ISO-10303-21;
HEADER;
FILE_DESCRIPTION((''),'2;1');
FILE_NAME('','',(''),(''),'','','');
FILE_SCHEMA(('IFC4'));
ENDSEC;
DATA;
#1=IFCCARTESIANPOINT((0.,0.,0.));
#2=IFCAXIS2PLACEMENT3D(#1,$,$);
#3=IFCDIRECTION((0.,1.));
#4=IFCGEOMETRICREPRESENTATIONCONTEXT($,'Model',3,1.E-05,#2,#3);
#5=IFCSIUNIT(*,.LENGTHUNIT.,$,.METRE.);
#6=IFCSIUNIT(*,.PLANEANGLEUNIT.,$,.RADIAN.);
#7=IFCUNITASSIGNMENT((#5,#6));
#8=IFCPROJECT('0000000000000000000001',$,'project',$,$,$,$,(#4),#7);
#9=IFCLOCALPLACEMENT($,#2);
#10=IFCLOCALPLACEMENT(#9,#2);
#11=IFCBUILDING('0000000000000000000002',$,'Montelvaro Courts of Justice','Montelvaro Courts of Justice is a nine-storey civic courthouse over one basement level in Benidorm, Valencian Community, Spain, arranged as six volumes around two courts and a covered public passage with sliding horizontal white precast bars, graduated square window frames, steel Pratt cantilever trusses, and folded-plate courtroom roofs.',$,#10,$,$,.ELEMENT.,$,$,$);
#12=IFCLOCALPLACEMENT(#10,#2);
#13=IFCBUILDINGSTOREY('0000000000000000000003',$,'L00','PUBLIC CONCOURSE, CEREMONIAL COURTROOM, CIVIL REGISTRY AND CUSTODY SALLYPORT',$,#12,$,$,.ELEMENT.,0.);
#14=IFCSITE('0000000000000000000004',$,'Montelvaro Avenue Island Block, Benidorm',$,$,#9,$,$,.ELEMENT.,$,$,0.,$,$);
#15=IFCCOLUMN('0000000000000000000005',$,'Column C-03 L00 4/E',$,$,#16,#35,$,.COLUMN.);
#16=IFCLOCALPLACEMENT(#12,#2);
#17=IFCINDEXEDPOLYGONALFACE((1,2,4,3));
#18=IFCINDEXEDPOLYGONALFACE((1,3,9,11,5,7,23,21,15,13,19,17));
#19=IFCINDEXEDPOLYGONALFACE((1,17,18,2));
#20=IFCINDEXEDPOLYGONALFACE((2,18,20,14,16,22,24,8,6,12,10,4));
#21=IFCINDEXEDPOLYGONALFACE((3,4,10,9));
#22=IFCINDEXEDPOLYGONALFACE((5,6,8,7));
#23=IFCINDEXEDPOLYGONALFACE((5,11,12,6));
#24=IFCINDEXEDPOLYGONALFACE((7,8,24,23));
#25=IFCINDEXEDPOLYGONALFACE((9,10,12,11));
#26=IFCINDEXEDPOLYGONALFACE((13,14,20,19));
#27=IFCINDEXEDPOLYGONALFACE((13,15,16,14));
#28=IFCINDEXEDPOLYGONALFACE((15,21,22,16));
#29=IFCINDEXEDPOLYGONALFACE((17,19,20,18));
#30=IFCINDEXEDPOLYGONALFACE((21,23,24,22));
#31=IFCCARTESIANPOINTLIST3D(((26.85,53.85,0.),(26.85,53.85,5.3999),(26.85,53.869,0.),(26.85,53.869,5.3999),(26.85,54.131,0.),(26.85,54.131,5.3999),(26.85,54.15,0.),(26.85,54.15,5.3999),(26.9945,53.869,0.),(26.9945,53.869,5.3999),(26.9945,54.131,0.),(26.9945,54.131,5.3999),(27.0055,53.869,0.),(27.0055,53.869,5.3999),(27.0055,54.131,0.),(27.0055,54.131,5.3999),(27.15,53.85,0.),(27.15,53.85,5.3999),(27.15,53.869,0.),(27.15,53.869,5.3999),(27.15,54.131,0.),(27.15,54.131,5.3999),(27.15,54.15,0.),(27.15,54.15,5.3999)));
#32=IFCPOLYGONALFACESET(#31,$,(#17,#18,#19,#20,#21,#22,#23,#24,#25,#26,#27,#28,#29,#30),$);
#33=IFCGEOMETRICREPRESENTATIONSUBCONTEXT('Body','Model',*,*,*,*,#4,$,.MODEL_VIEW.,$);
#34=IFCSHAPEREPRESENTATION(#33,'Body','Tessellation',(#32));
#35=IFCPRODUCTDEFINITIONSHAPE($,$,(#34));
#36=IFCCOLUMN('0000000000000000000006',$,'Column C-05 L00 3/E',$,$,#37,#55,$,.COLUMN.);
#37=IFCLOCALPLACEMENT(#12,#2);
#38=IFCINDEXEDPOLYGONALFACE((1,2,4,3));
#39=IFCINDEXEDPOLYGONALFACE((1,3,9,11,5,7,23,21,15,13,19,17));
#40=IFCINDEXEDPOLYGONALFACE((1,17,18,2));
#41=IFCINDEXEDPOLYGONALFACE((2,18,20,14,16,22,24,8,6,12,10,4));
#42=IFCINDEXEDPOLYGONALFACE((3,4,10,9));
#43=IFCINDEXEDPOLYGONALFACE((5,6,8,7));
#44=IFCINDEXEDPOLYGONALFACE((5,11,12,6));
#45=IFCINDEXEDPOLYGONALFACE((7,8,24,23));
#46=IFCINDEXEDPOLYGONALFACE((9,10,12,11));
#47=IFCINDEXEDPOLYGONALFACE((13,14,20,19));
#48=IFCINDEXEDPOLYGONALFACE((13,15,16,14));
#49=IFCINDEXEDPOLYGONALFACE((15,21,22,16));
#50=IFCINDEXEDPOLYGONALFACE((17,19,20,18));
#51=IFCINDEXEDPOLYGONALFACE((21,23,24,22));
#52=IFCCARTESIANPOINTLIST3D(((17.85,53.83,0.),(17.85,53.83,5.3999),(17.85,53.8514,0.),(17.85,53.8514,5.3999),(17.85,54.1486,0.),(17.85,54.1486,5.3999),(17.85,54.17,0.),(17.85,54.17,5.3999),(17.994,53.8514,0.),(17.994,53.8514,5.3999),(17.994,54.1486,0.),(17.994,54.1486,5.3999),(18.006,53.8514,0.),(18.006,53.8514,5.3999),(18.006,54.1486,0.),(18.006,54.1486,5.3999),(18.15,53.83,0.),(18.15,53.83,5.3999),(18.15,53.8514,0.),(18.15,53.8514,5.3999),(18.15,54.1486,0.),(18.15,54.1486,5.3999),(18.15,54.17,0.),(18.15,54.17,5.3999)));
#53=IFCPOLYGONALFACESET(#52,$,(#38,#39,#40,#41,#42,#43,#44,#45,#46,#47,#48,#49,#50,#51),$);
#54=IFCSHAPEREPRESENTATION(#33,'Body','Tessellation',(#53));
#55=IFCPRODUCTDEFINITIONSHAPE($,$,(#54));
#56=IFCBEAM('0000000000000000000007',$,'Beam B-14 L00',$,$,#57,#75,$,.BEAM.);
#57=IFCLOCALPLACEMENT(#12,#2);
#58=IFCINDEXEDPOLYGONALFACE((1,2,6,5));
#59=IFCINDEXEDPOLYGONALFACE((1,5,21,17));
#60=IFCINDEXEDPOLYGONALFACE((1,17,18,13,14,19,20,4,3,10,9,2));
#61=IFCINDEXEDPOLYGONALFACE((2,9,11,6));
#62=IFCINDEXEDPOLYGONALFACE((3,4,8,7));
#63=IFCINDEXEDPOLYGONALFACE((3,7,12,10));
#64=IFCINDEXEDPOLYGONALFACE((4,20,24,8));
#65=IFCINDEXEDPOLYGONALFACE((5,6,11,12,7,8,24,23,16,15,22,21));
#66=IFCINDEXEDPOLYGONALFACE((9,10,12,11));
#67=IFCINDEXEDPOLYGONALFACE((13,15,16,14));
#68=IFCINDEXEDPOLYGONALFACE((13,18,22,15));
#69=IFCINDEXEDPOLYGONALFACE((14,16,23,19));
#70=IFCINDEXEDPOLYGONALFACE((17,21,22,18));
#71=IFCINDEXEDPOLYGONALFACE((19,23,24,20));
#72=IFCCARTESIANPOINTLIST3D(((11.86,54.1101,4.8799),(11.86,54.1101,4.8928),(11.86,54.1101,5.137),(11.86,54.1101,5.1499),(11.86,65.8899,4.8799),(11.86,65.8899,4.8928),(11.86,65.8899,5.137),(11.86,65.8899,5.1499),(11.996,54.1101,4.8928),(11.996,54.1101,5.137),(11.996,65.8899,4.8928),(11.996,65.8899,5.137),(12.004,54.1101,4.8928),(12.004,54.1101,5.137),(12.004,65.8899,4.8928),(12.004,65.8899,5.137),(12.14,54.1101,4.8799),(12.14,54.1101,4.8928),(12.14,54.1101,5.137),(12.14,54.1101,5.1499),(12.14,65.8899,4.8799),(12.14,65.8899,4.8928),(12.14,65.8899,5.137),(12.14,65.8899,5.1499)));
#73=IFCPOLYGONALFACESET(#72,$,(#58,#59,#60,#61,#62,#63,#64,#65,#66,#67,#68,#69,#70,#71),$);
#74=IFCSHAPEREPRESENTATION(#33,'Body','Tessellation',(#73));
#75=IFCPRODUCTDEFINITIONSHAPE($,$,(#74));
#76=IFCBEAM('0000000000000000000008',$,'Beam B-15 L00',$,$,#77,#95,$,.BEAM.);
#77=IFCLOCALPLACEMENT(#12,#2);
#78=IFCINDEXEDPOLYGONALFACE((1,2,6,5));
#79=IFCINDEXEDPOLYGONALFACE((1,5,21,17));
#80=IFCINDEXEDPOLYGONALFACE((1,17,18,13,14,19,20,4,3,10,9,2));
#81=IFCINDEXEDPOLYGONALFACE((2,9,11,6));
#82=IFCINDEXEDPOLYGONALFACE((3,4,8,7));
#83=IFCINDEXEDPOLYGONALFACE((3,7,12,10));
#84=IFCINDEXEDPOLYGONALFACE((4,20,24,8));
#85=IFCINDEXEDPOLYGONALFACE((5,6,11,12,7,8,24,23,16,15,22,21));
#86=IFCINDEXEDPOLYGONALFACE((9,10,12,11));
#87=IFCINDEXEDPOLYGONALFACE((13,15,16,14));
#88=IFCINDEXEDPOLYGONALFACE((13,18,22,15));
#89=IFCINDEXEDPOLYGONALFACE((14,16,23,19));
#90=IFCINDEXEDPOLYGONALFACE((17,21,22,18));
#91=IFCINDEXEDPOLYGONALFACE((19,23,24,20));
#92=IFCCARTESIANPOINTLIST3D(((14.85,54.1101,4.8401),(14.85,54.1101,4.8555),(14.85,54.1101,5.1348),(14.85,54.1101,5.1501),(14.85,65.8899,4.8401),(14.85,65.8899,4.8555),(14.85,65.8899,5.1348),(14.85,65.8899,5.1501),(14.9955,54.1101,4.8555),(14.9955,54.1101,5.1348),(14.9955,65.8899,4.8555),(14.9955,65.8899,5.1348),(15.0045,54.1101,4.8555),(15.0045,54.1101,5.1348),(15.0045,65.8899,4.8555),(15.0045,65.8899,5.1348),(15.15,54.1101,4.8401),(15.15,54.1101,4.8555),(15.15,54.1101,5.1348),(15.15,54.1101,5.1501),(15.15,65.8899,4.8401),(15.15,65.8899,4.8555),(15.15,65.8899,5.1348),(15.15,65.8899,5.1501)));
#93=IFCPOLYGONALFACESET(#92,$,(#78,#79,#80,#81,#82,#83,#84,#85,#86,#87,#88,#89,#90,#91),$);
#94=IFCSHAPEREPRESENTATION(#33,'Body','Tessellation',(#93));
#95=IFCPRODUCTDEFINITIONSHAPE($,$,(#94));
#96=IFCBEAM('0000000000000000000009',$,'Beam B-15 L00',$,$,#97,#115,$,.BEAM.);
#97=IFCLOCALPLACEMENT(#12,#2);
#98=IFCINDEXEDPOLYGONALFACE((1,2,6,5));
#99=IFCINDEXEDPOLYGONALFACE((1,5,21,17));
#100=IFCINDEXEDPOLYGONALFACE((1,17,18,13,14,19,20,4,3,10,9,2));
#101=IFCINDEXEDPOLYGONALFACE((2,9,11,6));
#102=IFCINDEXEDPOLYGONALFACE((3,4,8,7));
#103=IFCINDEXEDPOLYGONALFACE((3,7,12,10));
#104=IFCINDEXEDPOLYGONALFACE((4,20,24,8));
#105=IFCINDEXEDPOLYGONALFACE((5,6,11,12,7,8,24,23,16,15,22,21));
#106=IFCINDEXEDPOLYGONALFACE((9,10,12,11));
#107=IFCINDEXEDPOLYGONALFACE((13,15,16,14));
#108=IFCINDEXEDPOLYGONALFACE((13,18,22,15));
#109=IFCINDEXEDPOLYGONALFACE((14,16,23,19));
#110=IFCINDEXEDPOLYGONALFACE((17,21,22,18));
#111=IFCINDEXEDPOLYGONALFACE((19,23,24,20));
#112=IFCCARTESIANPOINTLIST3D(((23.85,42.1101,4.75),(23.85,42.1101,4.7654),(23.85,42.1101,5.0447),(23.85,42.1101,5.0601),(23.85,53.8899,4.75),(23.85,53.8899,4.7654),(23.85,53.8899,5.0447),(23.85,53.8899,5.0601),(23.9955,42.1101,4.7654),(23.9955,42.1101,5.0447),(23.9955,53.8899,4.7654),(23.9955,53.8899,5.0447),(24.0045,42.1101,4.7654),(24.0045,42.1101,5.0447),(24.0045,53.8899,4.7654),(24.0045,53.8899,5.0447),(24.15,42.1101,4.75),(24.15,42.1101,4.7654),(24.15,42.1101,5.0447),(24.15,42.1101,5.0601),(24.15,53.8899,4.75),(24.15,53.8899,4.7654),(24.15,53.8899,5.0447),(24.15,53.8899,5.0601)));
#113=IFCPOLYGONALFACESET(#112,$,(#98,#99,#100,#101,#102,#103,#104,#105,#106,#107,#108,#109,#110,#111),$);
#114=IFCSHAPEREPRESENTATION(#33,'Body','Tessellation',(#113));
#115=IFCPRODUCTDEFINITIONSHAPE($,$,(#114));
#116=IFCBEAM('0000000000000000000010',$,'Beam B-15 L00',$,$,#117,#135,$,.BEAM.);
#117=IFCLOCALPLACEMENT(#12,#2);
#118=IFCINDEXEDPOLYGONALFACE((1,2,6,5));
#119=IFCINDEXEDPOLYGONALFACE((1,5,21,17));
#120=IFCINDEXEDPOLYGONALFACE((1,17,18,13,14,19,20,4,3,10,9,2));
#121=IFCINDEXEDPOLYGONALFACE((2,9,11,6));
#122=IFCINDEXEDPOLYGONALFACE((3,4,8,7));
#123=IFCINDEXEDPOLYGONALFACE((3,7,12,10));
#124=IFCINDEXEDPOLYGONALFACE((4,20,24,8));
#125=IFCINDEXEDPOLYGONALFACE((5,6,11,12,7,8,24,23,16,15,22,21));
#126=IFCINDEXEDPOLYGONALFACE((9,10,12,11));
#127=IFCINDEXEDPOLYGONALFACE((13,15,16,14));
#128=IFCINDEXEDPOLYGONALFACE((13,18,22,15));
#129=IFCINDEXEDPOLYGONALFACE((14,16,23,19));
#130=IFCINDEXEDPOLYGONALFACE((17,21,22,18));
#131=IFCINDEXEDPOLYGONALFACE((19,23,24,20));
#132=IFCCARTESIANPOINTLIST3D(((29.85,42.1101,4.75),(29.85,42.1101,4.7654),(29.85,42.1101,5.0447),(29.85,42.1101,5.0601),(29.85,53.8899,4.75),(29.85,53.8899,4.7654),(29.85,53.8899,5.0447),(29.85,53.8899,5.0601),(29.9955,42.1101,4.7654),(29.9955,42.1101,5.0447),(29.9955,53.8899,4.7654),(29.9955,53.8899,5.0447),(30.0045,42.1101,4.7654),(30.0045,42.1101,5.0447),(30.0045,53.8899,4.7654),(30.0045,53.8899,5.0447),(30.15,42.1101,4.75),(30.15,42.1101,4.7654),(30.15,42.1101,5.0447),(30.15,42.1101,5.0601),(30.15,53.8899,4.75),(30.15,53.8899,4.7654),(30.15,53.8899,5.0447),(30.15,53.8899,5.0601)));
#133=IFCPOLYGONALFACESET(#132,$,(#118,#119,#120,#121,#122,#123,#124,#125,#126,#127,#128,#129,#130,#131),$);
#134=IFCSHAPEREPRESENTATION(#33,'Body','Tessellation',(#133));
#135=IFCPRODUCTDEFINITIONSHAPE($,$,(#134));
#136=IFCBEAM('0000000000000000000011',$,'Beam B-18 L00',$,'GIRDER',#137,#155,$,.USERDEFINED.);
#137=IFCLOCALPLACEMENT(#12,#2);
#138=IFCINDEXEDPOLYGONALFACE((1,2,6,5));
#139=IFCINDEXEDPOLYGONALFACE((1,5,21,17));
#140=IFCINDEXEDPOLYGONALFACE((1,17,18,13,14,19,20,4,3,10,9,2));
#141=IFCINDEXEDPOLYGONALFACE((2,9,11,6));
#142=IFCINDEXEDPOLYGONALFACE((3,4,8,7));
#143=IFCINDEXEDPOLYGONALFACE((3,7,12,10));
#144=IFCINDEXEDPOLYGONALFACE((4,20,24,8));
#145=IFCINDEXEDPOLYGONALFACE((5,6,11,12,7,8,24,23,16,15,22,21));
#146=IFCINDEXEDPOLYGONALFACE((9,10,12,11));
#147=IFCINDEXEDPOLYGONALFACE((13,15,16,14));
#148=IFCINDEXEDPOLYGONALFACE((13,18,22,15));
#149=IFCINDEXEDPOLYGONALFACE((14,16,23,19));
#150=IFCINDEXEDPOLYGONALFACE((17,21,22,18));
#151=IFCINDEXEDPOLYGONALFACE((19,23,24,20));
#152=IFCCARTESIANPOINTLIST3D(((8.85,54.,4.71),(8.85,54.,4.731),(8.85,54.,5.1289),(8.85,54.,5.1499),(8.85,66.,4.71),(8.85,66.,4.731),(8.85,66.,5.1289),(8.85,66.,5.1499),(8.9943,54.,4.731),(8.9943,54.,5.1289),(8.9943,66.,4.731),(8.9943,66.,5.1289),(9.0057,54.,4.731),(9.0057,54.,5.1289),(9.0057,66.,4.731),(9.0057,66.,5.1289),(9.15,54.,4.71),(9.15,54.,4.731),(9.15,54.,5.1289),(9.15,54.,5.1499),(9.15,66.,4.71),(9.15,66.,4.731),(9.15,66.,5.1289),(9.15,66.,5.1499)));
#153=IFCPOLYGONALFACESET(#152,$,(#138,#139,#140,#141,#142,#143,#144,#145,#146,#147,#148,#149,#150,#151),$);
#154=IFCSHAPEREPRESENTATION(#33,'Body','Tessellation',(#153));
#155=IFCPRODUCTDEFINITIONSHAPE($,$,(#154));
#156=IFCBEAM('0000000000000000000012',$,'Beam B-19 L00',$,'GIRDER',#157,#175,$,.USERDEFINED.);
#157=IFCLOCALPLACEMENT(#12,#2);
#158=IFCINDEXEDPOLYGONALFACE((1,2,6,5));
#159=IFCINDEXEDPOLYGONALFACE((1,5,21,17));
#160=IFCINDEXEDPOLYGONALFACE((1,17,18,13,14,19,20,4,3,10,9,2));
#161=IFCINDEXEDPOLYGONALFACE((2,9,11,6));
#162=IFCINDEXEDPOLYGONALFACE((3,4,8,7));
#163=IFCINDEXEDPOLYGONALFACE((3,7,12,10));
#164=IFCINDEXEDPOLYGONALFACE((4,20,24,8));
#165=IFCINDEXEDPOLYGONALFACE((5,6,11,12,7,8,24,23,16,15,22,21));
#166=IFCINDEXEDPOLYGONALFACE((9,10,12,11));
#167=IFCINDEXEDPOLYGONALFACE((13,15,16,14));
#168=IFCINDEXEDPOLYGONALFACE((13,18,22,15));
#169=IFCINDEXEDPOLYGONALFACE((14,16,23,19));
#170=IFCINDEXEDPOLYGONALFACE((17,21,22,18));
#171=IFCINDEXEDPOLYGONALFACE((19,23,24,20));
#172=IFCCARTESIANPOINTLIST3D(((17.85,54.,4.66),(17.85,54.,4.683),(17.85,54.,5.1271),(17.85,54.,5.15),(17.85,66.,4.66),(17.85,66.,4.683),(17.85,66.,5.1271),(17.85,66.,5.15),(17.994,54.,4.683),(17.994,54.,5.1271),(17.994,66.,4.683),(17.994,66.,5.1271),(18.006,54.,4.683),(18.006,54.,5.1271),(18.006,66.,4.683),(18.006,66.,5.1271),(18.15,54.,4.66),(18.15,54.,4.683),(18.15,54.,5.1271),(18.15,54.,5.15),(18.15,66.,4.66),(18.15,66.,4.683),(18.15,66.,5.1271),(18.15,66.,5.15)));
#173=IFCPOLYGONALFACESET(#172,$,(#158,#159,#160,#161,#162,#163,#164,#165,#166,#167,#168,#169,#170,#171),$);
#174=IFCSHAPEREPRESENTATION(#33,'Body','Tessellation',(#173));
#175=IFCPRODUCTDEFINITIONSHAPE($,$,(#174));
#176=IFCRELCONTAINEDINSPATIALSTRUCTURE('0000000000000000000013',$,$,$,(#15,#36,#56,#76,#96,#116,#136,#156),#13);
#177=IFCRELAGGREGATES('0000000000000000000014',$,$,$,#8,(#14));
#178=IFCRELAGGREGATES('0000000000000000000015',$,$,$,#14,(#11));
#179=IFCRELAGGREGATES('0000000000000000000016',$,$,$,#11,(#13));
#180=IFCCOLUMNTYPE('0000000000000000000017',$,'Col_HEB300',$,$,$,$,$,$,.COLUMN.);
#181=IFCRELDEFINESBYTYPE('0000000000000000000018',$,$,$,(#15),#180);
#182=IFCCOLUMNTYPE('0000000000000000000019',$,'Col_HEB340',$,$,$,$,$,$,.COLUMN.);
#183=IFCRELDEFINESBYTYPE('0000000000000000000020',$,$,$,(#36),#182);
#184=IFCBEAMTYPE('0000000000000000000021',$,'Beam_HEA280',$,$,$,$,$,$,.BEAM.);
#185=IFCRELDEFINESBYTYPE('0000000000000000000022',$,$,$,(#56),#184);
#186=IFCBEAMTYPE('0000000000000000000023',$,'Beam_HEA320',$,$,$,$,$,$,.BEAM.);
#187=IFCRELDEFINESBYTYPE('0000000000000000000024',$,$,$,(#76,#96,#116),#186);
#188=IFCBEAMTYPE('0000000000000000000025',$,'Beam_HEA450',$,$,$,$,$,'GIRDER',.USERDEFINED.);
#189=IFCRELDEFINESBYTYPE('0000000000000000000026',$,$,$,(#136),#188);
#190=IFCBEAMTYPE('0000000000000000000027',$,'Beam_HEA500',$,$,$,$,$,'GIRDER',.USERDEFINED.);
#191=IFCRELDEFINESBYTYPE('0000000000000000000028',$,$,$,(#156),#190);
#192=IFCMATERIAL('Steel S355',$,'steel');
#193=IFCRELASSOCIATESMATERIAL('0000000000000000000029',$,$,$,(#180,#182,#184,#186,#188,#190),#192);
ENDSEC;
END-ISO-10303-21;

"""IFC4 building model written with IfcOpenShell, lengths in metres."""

from ifc_helpers import new_model, si_unit, direction, frame, origin, origin_2d, place, context, subcontext, project, spatial, i_section, extrude, material, material_profile, profile_set, type_object, element, save


model = new_model("IFC4")

# Units and contexts
model_context = context("Model", 3, precision=1e-05, world=origin(), true_north=direction((0.0, 1.0)))
body_context = subcontext(model_context, "Body", "Model", "MODEL_VIEW")
ifc_project = project(units=[si_unit("LENGTHUNIT", "METRE"), si_unit("PLANEANGLEUNIT", "RADIAN")], contexts=[model_context])

# Site, building, storey
site_placement = place(None, origin())
site = spatial("IfcSite", under=ifc_project, at=site_placement, Name="Montelvaro Avenue Island Block, Benidorm", CompositionType="ELEMENT", RefElevation=0.0)
building_placement = place(site_placement, origin())
building = spatial("IfcBuilding", under=site, at=building_placement, Name="Montelvaro Courts of Justice", Description="Montelvaro Courts of Justice is a nine-storey civic courthouse over one basement level in Benidorm, Valencian Community, Spain, arranged as six volumes around two courts and a covered public passage with sliding horizontal white precast bars, graduated square window frames, steel Pratt cantilever trusses, and folded-plate courtroom roofs.", CompositionType="ELEMENT")
storey_placement = place(building_placement, origin())
storey = spatial("IfcBuildingStorey", under=building, at=storey_placement, Name="L00", Description="PUBLIC CONCOURSE, CEREMONIAL COURTROOM, CIVIL REGISTRY AND CUSTODY SALLYPORT", CompositionType="ELEMENT", Elevation=0.0)

# Columns
ifc_material_1 = material(Name="Steel S355", Category="steel")
ifc_material_profile_1 = material_profile(ifc_material_1, i_section(OverallWidth=0.3, OverallDepth=0.3, WebThickness=0.011, FlangeThickness=0.019, at=origin_2d()), Name="HEB 300")
ifc_profile_set_1 = profile_set([ifc_material_profile_1], Name="Steel S355")
column_type_1 = type_object("IfcColumnType", Name="Col_HEB300", PredefinedType="COLUMN", material=ifc_profile_set_1)
column_1_placement = place(storey_placement, frame((27.0, 54.0, 0.0), z_axis=(0.0, 0.0, 1.0), x_axis=(1.0, 0.0, 0.0)))
element("IfcColumn", 1, at=column_1_placement, inside=storey, type_object=column_type_1, Name="Column C-03 L00 4/E", PredefinedType="COLUMN", context=body_context, shape_type="SweptSolid", body=[
    extrude(i_section(OverallWidth=0.3, OverallDepth=0.3, WebThickness=0.011, FlangeThickness=0.019, at=origin_2d()), origin(), (0.0, 0.0, 1.0), 5.3999),
])
ifc_material_profile_2 = material_profile(ifc_material_1, i_section(OverallWidth=0.3, OverallDepth=0.3401, WebThickness=0.012, FlangeThickness=0.0215, at=origin_2d()), Name="HEB 340")
ifc_profile_set_2 = profile_set([ifc_material_profile_2], Name="Steel S355")
column_type_2 = type_object("IfcColumnType", Name="Col_HEB340", PredefinedType="COLUMN", material=ifc_profile_set_2)
column_2_placement = place(storey_placement, frame((18.0, 54.0, 0.0), z_axis=(0.0, 0.0, 1.0), x_axis=(1.0, 0.0, 0.0)))
element("IfcColumn", 2, at=column_2_placement, inside=storey, type_object=column_type_2, Name="Column C-05 L00 3/E", PredefinedType="COLUMN", context=body_context, shape_type="SweptSolid", body=[
    extrude(i_section(OverallWidth=0.3, OverallDepth=0.3401, WebThickness=0.012, FlangeThickness=0.0215, at=origin_2d()), origin(), (0.0, 0.0, 1.0), 5.3999),
])

# Beams
ifc_material_profile_3 = material_profile(ifc_material_1, i_section(OverallWidth=0.28, OverallDepth=0.27, WebThickness=0.0081, FlangeThickness=0.0129, at=origin_2d()), Name="HEA 280")
ifc_profile_set_3 = profile_set([ifc_material_profile_3], Name="Steel S355")
beam_type_1 = type_object("IfcBeamType", Name="Beam_HEA280", PredefinedType="BEAM", material=ifc_profile_set_3)
beam_1_placement = place(storey_placement, frame((12.0, 54.1101, 5.0149), z_axis=(0.0, 1.0, 0.0), x_axis=(-1.0, 0.0, 0.0)))
element("IfcBeam", 3, at=beam_1_placement, inside=storey, type_object=beam_type_1, Name="Beam B-14 L00", PredefinedType="BEAM", context=body_context, shape_type="SweptSolid", body=[
    extrude(i_section(OverallWidth=0.28, OverallDepth=0.27, WebThickness=0.0081, FlangeThickness=0.0129, at=origin_2d()), origin(), (0.0, 0.0, 1.0), 11.7798),
])
ifc_material_profile_4 = material_profile(ifc_material_1, i_section(OverallWidth=0.3, OverallDepth=0.3101, WebThickness=0.009, FlangeThickness=0.0154, at=origin_2d()), Name="HEA 320")
ifc_profile_set_4 = profile_set([ifc_material_profile_4], Name="Steel S355")
beam_type_2 = type_object("IfcBeamType", Name="Beam_HEA320", PredefinedType="BEAM", material=ifc_profile_set_4)
for number, where, z_axis, x_axis, name in (
    (4, (15.0, 54.1101, 4.9951), (0.0, 1.0, 0.0), (-1.0, 0.0, 0.0), "Beam B-15 L00"),
    (5, (24.0, 42.1101, 4.905), (0.0, 1.0, 0.0), (-1.0, 0.0, 0.0), "Beam B-15 L00"),
    (6, (30.0, 42.1101, 4.905), (0.0, 1.0, 0.0), (-1.0, 0.0, 0.0), "Beam B-15 L00"),
):
    element("IfcBeam", number, at=place(storey_placement, frame(where, z_axis=z_axis, x_axis=x_axis)), inside=storey, type_object=beam_type_2, Name=name, PredefinedType="BEAM", context=body_context, shape_type="SweptSolid", body=[
        extrude(i_section(OverallWidth=0.3, OverallDepth=0.3101, WebThickness=0.009, FlangeThickness=0.0154, at=origin_2d()), origin(), (0.0, 0.0, 1.0), 11.7798),
    ])
ifc_material_profile_5 = material_profile(ifc_material_1, i_section(OverallWidth=0.3, OverallDepth=0.4399, WebThickness=0.0115, FlangeThickness=0.021, at=origin_2d()), Name="HEA 450")
ifc_profile_set_5 = profile_set([ifc_material_profile_5], Name="Steel S355")
beam_type_3 = type_object("IfcBeamType", Name="Beam_HEA450", ElementType="GIRDER", PredefinedType="USERDEFINED", material=ifc_profile_set_5)
beam_2_placement = place(storey_placement, frame((9.0, 54.0, 4.9299), z_axis=(0.0, 1.0, 0.0), x_axis=(-1.0, 0.0, 0.0)))
element("IfcBeam", 7, at=beam_2_placement, inside=storey, type_object=beam_type_3, Name="Beam B-18 L00", ObjectType="GIRDER", PredefinedType="USERDEFINED", context=body_context, shape_type="SweptSolid", body=[
    extrude(i_section(OverallWidth=0.3, OverallDepth=0.4399, WebThickness=0.0115, FlangeThickness=0.021, at=origin_2d()), origin(), (0.0, 0.0, 1.0), 12.0),
])
ifc_material_profile_6 = material_profile(ifc_material_1, i_section(OverallWidth=0.3, OverallDepth=0.49, WebThickness=0.012, FlangeThickness=0.0229, at=origin_2d()), Name="HEA 500")
ifc_profile_set_6 = profile_set([ifc_material_profile_6], Name="Steel S355")
beam_type_4 = type_object("IfcBeamType", Name="Beam_HEA500", ElementType="GIRDER", PredefinedType="USERDEFINED", material=ifc_profile_set_6)
beam_3_placement = place(storey_placement, frame((18.0, 54.0, 4.905), z_axis=(0.0, 1.0, 0.0), x_axis=(-1.0, 0.0, 0.0)))
element("IfcBeam", 8, at=beam_3_placement, inside=storey, type_object=beam_type_4, Name="Beam B-19 L00", ObjectType="GIRDER", PredefinedType="USERDEFINED", context=body_context, shape_type="SweptSolid", body=[
    extrude(i_section(OverallWidth=0.3, OverallDepth=0.49, WebThickness=0.012, FlangeThickness=0.0229, at=origin_2d()), origin(), (0.0, 0.0, 1.0), 12.0),
])

save(model, "model.ifc")
